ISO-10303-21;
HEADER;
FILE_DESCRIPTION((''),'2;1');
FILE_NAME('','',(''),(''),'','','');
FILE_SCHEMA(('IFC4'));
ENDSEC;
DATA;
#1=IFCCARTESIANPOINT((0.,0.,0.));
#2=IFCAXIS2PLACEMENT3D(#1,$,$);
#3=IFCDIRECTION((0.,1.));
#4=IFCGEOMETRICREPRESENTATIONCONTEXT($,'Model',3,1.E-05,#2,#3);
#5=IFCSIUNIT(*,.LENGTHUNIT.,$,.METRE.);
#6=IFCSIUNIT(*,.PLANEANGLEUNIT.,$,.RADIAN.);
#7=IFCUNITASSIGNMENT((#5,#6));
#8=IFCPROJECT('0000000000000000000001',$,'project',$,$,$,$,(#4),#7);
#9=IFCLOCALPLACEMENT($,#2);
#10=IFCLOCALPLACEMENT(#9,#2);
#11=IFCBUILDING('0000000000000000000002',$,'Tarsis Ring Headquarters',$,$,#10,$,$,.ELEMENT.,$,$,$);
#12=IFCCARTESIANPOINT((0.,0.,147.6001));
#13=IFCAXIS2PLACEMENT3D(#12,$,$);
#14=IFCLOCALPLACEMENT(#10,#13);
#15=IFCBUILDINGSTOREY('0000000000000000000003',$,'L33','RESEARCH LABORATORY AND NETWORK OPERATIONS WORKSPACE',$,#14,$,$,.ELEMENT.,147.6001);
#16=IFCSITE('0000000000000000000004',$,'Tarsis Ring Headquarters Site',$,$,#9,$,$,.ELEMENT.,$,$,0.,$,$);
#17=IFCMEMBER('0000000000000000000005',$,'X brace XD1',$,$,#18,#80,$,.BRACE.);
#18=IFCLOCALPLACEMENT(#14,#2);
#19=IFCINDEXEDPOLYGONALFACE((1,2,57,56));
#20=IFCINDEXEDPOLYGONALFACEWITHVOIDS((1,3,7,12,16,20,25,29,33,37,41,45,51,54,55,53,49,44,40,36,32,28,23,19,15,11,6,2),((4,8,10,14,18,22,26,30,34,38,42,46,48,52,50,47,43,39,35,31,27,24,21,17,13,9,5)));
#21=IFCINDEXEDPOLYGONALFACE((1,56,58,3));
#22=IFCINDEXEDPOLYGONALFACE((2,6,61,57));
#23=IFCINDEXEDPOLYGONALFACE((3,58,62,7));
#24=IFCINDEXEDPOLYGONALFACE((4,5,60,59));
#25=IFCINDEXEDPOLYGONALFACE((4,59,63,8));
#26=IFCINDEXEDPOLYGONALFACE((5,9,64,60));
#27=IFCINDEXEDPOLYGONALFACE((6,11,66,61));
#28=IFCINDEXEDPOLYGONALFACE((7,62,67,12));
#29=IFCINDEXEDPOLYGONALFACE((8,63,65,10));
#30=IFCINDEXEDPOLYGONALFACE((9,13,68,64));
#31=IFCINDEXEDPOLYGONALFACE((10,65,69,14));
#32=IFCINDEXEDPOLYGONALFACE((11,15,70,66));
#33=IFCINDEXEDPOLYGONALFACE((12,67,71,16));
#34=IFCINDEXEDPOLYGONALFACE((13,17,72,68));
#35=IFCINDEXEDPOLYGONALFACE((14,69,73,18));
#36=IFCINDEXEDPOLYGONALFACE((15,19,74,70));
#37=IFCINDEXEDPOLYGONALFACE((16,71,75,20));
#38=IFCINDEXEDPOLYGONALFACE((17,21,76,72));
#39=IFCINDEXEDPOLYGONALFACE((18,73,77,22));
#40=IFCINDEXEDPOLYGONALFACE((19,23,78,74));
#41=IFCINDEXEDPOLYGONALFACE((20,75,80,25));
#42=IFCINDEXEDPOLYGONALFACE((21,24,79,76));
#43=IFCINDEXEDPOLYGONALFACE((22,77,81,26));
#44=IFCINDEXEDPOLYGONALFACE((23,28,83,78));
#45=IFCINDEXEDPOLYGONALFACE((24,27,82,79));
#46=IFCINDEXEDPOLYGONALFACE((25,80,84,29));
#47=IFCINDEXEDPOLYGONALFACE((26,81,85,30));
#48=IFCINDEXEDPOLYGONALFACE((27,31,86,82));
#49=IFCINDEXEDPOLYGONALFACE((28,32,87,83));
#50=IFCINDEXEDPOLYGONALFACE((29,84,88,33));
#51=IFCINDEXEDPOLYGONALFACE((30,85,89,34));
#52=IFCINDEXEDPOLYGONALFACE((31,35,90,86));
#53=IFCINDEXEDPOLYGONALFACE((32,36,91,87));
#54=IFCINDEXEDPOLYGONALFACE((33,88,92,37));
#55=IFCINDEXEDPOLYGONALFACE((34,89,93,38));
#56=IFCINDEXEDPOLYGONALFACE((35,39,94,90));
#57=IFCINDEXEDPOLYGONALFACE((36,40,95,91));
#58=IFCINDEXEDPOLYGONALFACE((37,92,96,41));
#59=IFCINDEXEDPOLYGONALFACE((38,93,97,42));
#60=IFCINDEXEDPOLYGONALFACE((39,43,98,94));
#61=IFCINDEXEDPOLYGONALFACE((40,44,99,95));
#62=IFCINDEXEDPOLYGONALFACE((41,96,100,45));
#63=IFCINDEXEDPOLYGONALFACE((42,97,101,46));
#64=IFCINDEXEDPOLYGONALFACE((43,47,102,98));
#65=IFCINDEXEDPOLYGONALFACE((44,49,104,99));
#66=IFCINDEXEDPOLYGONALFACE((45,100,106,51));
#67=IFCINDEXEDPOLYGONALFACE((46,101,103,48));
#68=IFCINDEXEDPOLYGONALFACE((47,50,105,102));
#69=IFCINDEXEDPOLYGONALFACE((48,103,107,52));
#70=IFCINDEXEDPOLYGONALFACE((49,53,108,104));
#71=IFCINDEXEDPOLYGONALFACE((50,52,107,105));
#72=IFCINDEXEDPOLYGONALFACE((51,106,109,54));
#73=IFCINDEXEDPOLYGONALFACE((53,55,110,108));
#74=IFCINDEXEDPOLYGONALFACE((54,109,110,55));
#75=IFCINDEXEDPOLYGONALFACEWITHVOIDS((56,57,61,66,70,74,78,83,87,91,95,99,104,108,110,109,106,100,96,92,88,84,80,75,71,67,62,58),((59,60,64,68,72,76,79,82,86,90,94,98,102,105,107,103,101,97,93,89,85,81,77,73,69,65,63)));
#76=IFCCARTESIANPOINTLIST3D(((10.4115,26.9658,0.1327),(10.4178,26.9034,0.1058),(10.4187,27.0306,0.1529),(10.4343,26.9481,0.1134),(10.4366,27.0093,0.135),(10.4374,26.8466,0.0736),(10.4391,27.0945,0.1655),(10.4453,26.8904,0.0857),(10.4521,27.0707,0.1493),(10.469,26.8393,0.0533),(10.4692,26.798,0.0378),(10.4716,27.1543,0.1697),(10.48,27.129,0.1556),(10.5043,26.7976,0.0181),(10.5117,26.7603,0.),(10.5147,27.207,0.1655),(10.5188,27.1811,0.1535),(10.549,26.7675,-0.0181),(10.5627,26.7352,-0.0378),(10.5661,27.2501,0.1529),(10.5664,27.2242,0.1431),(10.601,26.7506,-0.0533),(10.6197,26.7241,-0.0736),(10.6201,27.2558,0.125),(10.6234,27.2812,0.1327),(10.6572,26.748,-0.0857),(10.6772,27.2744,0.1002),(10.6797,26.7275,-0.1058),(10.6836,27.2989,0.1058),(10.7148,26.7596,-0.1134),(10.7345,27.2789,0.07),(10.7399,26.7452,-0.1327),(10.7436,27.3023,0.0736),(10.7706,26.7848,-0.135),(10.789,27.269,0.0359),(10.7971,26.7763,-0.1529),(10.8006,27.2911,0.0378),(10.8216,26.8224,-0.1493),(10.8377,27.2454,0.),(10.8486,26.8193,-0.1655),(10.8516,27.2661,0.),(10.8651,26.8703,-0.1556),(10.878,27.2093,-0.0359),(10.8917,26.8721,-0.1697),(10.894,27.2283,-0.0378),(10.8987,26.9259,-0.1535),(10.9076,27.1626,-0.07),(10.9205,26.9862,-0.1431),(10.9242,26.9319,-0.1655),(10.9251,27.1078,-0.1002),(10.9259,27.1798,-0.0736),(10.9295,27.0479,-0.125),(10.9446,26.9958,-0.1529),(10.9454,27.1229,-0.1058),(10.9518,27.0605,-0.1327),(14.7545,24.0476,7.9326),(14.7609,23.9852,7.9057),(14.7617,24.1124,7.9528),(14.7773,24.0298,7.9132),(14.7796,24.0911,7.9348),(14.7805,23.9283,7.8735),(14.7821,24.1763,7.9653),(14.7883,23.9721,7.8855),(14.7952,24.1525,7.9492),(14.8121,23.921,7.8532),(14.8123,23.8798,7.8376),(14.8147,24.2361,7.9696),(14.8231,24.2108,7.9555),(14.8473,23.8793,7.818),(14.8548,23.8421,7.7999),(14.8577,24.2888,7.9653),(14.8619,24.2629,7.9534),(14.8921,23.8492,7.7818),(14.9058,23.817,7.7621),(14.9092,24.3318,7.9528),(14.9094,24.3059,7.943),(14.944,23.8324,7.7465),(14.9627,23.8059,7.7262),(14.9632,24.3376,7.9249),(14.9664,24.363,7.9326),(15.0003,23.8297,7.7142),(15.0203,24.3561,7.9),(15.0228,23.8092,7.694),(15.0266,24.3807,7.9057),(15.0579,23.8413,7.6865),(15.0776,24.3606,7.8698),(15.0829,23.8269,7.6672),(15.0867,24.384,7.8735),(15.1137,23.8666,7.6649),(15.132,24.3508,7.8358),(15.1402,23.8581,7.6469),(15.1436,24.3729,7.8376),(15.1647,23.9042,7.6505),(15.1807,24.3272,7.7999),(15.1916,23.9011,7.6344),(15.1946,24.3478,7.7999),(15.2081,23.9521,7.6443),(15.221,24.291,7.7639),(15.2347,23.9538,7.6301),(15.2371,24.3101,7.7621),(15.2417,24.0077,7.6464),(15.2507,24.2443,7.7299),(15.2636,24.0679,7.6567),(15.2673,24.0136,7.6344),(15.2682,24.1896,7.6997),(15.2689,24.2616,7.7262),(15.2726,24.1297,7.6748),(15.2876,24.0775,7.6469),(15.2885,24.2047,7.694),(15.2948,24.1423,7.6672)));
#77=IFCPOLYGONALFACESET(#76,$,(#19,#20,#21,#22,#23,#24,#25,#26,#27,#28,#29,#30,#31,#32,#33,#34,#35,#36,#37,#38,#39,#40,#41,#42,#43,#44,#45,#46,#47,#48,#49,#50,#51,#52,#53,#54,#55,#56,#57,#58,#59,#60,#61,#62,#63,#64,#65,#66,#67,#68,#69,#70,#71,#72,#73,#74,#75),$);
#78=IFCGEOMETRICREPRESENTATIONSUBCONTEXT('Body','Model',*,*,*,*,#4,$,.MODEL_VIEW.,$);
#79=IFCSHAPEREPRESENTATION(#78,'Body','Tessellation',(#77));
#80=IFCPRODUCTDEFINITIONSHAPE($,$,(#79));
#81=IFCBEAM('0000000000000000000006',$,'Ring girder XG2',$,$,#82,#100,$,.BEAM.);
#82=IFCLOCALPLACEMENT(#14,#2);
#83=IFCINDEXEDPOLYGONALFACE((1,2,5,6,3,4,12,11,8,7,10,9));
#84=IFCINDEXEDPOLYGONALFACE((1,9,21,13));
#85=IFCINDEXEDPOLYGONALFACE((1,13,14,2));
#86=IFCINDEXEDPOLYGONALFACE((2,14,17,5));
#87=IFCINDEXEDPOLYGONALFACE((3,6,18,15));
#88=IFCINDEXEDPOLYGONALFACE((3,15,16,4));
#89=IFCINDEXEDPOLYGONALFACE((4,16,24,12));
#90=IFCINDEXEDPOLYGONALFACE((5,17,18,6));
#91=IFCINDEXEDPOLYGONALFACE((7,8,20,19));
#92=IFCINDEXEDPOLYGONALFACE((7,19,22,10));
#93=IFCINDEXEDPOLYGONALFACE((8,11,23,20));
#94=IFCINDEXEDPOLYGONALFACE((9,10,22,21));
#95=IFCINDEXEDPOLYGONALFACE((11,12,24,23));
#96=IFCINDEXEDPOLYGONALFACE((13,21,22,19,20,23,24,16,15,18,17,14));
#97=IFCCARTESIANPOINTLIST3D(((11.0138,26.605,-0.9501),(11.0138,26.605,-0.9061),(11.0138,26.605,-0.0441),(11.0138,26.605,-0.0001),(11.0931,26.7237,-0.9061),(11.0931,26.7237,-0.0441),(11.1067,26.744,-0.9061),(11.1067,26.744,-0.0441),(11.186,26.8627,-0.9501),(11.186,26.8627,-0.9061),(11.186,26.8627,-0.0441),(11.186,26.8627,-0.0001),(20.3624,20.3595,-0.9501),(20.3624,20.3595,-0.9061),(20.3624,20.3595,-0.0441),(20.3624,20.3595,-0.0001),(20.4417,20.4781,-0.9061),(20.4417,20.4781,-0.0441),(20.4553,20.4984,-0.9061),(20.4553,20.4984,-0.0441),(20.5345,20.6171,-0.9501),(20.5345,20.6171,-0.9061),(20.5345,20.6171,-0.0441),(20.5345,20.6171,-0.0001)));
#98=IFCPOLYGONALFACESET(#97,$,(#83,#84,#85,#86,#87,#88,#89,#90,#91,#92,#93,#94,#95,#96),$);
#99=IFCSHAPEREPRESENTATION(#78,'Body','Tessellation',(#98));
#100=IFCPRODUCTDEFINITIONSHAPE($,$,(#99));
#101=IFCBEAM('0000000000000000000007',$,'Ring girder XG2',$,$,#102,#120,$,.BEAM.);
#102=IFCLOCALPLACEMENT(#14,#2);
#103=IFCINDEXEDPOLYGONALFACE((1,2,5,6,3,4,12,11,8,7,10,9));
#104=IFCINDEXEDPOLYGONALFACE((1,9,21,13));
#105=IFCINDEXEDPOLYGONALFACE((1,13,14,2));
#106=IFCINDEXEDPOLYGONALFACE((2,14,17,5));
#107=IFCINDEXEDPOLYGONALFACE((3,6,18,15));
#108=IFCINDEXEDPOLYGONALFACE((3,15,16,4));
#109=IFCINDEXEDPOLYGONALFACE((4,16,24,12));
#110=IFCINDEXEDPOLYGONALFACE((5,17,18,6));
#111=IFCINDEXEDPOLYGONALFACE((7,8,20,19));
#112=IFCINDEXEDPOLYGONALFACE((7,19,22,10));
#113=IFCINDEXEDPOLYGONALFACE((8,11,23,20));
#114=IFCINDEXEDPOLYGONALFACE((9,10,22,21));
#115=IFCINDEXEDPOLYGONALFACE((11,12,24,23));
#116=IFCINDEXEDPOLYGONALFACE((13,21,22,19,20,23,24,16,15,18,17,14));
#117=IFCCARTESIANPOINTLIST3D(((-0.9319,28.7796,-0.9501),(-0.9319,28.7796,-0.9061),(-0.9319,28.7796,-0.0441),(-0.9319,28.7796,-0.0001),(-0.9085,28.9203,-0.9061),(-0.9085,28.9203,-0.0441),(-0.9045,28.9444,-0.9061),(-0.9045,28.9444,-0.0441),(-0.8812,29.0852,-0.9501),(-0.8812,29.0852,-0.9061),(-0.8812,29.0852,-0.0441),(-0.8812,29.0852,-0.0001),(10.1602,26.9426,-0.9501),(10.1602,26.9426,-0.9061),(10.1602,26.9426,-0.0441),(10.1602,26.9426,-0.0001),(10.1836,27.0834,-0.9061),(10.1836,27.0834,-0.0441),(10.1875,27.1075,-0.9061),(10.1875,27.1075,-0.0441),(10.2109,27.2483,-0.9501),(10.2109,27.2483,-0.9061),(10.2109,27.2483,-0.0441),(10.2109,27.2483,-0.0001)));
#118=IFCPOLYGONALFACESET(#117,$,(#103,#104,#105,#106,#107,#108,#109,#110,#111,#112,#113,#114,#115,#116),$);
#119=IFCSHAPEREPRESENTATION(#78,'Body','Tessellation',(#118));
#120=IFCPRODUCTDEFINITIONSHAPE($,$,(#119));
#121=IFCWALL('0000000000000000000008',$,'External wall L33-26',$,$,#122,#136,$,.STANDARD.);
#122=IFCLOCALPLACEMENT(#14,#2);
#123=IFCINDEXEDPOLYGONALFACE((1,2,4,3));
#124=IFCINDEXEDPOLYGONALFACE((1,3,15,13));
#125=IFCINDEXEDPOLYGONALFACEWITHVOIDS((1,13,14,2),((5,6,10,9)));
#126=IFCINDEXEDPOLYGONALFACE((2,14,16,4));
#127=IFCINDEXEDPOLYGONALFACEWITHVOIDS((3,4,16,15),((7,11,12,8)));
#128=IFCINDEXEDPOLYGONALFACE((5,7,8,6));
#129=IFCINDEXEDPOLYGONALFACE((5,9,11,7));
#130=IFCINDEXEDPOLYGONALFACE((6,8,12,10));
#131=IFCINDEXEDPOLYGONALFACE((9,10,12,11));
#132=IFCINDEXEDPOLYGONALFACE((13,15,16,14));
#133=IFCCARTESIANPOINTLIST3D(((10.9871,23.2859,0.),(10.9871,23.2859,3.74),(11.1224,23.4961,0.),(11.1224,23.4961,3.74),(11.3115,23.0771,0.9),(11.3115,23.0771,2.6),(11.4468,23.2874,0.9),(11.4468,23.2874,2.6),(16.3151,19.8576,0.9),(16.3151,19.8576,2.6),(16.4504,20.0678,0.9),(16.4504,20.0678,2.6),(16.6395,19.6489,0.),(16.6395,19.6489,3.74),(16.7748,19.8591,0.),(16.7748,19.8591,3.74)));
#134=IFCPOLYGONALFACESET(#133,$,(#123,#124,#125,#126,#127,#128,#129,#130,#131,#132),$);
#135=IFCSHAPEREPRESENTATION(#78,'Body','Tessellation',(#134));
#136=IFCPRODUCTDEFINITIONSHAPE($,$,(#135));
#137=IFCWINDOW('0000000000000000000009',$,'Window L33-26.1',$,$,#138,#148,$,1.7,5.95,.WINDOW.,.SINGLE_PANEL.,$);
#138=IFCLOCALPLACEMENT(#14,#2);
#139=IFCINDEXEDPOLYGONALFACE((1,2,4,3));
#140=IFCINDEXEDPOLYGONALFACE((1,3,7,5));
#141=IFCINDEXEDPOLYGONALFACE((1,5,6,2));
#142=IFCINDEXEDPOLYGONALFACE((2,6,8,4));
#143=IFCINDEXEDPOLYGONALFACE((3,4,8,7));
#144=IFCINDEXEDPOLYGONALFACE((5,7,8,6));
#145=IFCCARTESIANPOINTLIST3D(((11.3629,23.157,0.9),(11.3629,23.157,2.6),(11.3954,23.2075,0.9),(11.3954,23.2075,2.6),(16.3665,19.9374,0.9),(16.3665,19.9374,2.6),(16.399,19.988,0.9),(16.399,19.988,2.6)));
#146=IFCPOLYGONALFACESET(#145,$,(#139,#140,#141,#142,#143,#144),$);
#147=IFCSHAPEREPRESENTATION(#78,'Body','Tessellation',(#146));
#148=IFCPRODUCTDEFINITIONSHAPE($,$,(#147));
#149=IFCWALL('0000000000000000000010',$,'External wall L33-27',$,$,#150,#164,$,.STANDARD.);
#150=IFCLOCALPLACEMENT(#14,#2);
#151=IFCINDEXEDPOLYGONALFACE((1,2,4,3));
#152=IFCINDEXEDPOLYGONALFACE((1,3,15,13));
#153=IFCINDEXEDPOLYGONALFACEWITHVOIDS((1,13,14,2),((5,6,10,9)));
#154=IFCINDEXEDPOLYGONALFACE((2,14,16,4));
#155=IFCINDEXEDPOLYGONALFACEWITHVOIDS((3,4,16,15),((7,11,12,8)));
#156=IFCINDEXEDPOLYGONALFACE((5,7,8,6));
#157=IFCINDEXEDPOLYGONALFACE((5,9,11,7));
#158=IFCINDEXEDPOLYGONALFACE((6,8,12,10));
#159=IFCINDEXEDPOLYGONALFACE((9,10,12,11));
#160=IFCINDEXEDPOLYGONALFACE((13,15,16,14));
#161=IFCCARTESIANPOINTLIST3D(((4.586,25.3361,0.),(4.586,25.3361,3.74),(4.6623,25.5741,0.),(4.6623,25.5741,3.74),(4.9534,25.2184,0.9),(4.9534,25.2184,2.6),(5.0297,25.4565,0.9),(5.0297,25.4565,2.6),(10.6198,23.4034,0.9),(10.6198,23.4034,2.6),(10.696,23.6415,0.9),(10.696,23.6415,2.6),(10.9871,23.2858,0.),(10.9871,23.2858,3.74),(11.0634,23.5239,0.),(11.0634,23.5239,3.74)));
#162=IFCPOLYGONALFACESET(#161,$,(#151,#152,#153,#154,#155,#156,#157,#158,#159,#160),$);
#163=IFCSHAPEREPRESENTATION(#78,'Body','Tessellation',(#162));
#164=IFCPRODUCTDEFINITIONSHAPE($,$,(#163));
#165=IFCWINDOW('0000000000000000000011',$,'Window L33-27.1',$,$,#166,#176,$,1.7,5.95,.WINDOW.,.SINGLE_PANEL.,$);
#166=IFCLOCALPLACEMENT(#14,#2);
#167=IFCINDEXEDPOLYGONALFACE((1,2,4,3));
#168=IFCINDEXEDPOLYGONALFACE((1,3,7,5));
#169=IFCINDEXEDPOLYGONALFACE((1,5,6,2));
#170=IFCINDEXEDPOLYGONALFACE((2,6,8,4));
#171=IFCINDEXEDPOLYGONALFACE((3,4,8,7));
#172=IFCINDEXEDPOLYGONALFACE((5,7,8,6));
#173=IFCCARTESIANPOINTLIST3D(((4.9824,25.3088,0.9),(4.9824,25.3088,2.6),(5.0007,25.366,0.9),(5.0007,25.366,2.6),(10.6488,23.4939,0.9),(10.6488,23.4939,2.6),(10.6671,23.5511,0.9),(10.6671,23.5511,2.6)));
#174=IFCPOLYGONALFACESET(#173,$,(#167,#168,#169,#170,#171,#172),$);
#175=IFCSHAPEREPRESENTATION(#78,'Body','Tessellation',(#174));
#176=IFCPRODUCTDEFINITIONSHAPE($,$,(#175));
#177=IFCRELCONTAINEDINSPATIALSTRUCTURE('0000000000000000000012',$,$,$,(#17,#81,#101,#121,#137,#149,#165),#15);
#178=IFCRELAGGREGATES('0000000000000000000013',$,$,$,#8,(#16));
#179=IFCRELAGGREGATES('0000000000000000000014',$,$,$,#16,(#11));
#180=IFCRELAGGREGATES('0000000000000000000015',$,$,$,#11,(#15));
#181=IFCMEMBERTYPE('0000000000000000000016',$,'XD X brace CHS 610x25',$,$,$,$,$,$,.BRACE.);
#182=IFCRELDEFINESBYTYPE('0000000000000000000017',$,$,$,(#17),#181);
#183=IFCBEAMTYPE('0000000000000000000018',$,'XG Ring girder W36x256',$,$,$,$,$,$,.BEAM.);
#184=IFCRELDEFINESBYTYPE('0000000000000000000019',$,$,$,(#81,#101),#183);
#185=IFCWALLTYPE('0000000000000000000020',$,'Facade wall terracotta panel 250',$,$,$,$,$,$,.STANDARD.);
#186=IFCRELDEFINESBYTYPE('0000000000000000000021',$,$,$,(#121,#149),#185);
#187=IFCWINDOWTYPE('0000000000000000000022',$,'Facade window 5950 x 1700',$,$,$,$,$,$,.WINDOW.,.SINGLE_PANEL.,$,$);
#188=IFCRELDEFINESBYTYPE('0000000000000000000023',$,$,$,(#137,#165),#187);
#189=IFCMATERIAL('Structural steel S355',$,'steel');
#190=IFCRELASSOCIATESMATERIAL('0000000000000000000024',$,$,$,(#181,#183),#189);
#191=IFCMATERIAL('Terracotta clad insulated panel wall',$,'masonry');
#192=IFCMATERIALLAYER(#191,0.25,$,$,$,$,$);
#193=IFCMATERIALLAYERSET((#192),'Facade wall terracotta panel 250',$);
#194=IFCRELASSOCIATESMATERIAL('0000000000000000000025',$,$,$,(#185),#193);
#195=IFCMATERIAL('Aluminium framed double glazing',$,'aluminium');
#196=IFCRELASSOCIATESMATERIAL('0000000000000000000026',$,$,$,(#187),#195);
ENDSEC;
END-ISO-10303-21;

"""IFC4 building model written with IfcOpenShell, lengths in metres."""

from ifc_helpers import new_model, si_unit, direction, frame, frame_2d, origin, origin_2d, place, context, subcontext, project, spatial, rectangle, hollow_circle, i_section, extrude, material, layer, layer_set, material_profile, profile_set, type_object, element, fill, save


model = new_model("IFC4")

# Units and contexts
model_context = context("Model", 3, precision=1e-05, world=origin(), true_north=direction((0.0, 1.0)))
body_context = subcontext(model_context, "Body", "Model", "MODEL_VIEW")
ifc_project = project(units=[si_unit("LENGTHUNIT", "METRE"), si_unit("PLANEANGLEUNIT", "RADIAN")], contexts=[model_context])

# Site, building, storey
site_placement = place(None, origin())
site = spatial("IfcSite", under=ifc_project, at=site_placement, Name="Tarsis Ring Headquarters Site", CompositionType="ELEMENT", RefElevation=0.0)
building_placement = place(site_placement, origin())
building = spatial("IfcBuilding", under=site, at=building_placement, Name="Tarsis Ring Headquarters", CompositionType="ELEMENT")
storey_placement = place(building_placement, frame((0.0, 0.0, 147.6001)))
storey = spatial("IfcBuildingStorey", under=building, at=storey_placement, Name="L33", Description="RESEARCH LABORATORY AND NETWORK OPERATIONS WORKSPACE", CompositionType="ELEMENT", Elevation=147.6001)

# Shared definitions
ifc_material_1 = material(Name="Structural steel S355", Category="steel")

# Member
ifc_material_profile_1 = material_profile(ifc_material_1, hollow_circle(Radius=0.3047, WallThickness=0.0249, at=origin_2d()), Name="CHS 610x25")
ifc_profile_set_1 = profile_set([ifc_material_profile_1], Name="Structural steel S355")
member_type = type_object("IfcMemberType", Name="XD X brace CHS 610x25", PredefinedType="BRACE", material=ifc_profile_set_1)
member_1_placement = place(storey_placement, frame((10.6816, 27.0132, 0.0), z_axis=(0.462403, -0.310704, 0.830449), x_axis=(0.557722, 0.830028, 0.0)))
element("IfcMember", 1, at=member_1_placement, inside=storey, type_object=member_type, Name="X brace XD1", PredefinedType="BRACE", context=body_context, shape_type="SweptSolid", body=[
    extrude(hollow_circle(Radius=0.3047, WallThickness=0.0249, at=origin_2d()), origin(), (0.0, 0.0, 1.0), 9.3923),
])

# Beams
ifc_material_profile_2 = material_profile(ifc_material_1, i_section(OverallWidth=0.3098, OverallDepth=0.95, WebThickness=0.0244, FlangeThickness=0.0439, at=origin_2d()), Name="W36x256")
ifc_profile_set_2 = profile_set([ifc_material_profile_2], Name="Structural steel S355")
beam_type_1 = type_object("IfcBeamType", Name="XG Ring girder W36x256", PredefinedType="BEAM", material=ifc_profile_set_2)
beam_1_placement = place(storey_placement, frame((20.4485, 20.4883, -0.4751), z_axis=(-0.831509, 0.555512, 0.0), x_axis=(-0.555512, -0.831509, 0.0)))
element("IfcBeam", 2, at=beam_1_placement, inside=storey, type_object=beam_type_1, Name="Ring girder XG2", PredefinedType="BEAM", context=body_context, shape_type="SweptSolid", body=[
    extrude(i_section(OverallWidth=0.3098, OverallDepth=0.95, WebThickness=0.0244, FlangeThickness=0.0439, at=origin_2d()), origin(), (0.0, 0.0, 1.0), 11.2429),
])
beam_2_placement = place(storey_placement, frame((10.1855, 27.0955, -0.4751), z_axis=(-0.986563, 0.163381, 0.0), x_axis=(-0.163381, -0.986563, 0.0)))
element("IfcBeam", 3, at=beam_2_placement, inside=storey, type_object=beam_type_1, Name="Ring girder XG2", PredefinedType="BEAM", context=body_context, shape_type="SweptSolid", body=[
    extrude(i_section(OverallWidth=0.3098, OverallDepth=0.95, WebThickness=0.0244, FlangeThickness=0.0439, at=origin_2d()), origin(), (0.0, 0.0, 1.0), 11.2432),
])

# Walls, openings, windows
ifc_material_2 = material(Name="Terracotta clad insulated panel wall", Category="masonry")
ifc_layer = layer(ifc_material_2, 0.25)
ifc_layer_set = layer_set([ifc_layer], Name="Facade wall terracotta panel 250")
wall_type = type_object("IfcWallType", Name="Facade wall terracotta panel 250", PredefinedType="STANDARD", material=ifc_layer_set)
wall_1_placement = place(storey_placement, frame((16.7073, 19.7539, 0.0), z_axis=(0.0, 0.0, 1.0), x_axis=(-0.840954, 0.541106, 0.0)))
wall_1 = element("IfcWall", 4, at=wall_1_placement, inside=storey, type_object=wall_type, Name="External wall L33-26", PredefinedType="STANDARD", context=body_context, shape_type="SweptSolid", body=[
    extrude(rectangle(XDim=6.7214, YDim=0.25, at=frame_2d((3.3608, 0.0))), origin(), (0.0, 0.0, 1.0), 3.74),
])
opening_1_placement = place(wall_1_placement, frame((0.3857, 0.0, 0.8999)))
opening_1 = element("IfcOpeningElement", 5, at=opening_1_placement, cuts=wall_1, PredefinedType="OPENING", context=body_context, shape_type="SweptSolid", body=[
    extrude(rectangle(XDim=5.95, YDim=1.7, at=frame_2d((2.9751, 0.8501))), frame((0.0, 0.135, 0.0), z_axis=(0.0, -1.0, 0.0), x_axis=(1.0, 0.0, 0.0)), (0.0, 0.0, 1.0), 0.27),
])
ifc_material_3 = material(Name="Aluminium framed double glazing", Category="aluminium")
window_type = type_object("IfcWindowType", Name="Facade window 5950 x 1700", PartitioningType="SINGLE_PANEL", PredefinedType="WINDOW", material=ifc_material_3)
window_1_placement = place(opening_1_placement, origin())
window_1 = element("IfcWindow", 6, at=window_1_placement, inside=storey, type_object=window_type, Name="Window L33-26.1", OverallHeight=1.7, OverallWidth=5.95, PartitioningType="SINGLE_PANEL", PredefinedType="WINDOW", context=body_context, shape_type="SweptSolid", body=[
    extrude(rectangle(XDim=5.95, YDim=1.7, at=frame_2d((2.9751, 0.8501))), frame((0.0, 0.03, 0.0), z_axis=(0.0, -1.0, 0.0), x_axis=(1.0, 0.0, 0.0)), (0.0, 0.0, 1.0), 0.0601),
])
fill(opening_1, window_1)
wall_2_placement = place(storey_placement, frame((11.0254, 23.4048, 0.0), z_axis=(0.0, 0.0, 1.0), x_axis=(-0.952341, 0.305037, 0.0)))
wall_2 = element("IfcWall", 7, at=wall_2_placement, inside=storey, type_object=wall_type, Name="External wall L33-27", PredefinedType="STANDARD", context=body_context, shape_type="SweptSolid", body=[
    extrude(rectangle(XDim=6.7214, YDim=0.25, at=frame_2d((3.3608, 0.0))), origin(), (0.0, 0.0, 1.0), 3.74),
])
opening_2_placement = place(wall_2_placement, frame((0.3857, 0.0, 0.8999)))
opening_2 = element("IfcOpeningElement", 8, at=opening_2_placement, cuts=wall_2, PredefinedType="OPENING", context=body_context, shape_type="SweptSolid", body=[
    extrude(rectangle(XDim=5.95, YDim=1.7, at=frame_2d((2.9751, 0.8501))), frame((0.0, 0.135, 0.0), z_axis=(0.0, -1.0, 0.0), x_axis=(1.0, 0.0, 0.0)), (0.0, 0.0, 1.0), 0.27),
])
window_2_placement = place(opening_2_placement, origin())
window_2 = element("IfcWindow", 9, at=window_2_placement, inside=storey, type_object=window_type, Name="Window L33-27.1", OverallHeight=1.7, OverallWidth=5.95, PartitioningType="SINGLE_PANEL", PredefinedType="WINDOW", context=body_context, shape_type="SweptSolid", body=[
    extrude(rectangle(XDim=5.95, YDim=1.7, at=frame_2d((2.9751, 0.8501))), frame((0.0, 0.03, 0.0), z_axis=(0.0, -1.0, 0.0), x_axis=(1.0, 0.0, 0.0)), (0.0, 0.0, 1.0), 0.0601),
])
fill(opening_2, window_2)

save(model, "model.ifc")
